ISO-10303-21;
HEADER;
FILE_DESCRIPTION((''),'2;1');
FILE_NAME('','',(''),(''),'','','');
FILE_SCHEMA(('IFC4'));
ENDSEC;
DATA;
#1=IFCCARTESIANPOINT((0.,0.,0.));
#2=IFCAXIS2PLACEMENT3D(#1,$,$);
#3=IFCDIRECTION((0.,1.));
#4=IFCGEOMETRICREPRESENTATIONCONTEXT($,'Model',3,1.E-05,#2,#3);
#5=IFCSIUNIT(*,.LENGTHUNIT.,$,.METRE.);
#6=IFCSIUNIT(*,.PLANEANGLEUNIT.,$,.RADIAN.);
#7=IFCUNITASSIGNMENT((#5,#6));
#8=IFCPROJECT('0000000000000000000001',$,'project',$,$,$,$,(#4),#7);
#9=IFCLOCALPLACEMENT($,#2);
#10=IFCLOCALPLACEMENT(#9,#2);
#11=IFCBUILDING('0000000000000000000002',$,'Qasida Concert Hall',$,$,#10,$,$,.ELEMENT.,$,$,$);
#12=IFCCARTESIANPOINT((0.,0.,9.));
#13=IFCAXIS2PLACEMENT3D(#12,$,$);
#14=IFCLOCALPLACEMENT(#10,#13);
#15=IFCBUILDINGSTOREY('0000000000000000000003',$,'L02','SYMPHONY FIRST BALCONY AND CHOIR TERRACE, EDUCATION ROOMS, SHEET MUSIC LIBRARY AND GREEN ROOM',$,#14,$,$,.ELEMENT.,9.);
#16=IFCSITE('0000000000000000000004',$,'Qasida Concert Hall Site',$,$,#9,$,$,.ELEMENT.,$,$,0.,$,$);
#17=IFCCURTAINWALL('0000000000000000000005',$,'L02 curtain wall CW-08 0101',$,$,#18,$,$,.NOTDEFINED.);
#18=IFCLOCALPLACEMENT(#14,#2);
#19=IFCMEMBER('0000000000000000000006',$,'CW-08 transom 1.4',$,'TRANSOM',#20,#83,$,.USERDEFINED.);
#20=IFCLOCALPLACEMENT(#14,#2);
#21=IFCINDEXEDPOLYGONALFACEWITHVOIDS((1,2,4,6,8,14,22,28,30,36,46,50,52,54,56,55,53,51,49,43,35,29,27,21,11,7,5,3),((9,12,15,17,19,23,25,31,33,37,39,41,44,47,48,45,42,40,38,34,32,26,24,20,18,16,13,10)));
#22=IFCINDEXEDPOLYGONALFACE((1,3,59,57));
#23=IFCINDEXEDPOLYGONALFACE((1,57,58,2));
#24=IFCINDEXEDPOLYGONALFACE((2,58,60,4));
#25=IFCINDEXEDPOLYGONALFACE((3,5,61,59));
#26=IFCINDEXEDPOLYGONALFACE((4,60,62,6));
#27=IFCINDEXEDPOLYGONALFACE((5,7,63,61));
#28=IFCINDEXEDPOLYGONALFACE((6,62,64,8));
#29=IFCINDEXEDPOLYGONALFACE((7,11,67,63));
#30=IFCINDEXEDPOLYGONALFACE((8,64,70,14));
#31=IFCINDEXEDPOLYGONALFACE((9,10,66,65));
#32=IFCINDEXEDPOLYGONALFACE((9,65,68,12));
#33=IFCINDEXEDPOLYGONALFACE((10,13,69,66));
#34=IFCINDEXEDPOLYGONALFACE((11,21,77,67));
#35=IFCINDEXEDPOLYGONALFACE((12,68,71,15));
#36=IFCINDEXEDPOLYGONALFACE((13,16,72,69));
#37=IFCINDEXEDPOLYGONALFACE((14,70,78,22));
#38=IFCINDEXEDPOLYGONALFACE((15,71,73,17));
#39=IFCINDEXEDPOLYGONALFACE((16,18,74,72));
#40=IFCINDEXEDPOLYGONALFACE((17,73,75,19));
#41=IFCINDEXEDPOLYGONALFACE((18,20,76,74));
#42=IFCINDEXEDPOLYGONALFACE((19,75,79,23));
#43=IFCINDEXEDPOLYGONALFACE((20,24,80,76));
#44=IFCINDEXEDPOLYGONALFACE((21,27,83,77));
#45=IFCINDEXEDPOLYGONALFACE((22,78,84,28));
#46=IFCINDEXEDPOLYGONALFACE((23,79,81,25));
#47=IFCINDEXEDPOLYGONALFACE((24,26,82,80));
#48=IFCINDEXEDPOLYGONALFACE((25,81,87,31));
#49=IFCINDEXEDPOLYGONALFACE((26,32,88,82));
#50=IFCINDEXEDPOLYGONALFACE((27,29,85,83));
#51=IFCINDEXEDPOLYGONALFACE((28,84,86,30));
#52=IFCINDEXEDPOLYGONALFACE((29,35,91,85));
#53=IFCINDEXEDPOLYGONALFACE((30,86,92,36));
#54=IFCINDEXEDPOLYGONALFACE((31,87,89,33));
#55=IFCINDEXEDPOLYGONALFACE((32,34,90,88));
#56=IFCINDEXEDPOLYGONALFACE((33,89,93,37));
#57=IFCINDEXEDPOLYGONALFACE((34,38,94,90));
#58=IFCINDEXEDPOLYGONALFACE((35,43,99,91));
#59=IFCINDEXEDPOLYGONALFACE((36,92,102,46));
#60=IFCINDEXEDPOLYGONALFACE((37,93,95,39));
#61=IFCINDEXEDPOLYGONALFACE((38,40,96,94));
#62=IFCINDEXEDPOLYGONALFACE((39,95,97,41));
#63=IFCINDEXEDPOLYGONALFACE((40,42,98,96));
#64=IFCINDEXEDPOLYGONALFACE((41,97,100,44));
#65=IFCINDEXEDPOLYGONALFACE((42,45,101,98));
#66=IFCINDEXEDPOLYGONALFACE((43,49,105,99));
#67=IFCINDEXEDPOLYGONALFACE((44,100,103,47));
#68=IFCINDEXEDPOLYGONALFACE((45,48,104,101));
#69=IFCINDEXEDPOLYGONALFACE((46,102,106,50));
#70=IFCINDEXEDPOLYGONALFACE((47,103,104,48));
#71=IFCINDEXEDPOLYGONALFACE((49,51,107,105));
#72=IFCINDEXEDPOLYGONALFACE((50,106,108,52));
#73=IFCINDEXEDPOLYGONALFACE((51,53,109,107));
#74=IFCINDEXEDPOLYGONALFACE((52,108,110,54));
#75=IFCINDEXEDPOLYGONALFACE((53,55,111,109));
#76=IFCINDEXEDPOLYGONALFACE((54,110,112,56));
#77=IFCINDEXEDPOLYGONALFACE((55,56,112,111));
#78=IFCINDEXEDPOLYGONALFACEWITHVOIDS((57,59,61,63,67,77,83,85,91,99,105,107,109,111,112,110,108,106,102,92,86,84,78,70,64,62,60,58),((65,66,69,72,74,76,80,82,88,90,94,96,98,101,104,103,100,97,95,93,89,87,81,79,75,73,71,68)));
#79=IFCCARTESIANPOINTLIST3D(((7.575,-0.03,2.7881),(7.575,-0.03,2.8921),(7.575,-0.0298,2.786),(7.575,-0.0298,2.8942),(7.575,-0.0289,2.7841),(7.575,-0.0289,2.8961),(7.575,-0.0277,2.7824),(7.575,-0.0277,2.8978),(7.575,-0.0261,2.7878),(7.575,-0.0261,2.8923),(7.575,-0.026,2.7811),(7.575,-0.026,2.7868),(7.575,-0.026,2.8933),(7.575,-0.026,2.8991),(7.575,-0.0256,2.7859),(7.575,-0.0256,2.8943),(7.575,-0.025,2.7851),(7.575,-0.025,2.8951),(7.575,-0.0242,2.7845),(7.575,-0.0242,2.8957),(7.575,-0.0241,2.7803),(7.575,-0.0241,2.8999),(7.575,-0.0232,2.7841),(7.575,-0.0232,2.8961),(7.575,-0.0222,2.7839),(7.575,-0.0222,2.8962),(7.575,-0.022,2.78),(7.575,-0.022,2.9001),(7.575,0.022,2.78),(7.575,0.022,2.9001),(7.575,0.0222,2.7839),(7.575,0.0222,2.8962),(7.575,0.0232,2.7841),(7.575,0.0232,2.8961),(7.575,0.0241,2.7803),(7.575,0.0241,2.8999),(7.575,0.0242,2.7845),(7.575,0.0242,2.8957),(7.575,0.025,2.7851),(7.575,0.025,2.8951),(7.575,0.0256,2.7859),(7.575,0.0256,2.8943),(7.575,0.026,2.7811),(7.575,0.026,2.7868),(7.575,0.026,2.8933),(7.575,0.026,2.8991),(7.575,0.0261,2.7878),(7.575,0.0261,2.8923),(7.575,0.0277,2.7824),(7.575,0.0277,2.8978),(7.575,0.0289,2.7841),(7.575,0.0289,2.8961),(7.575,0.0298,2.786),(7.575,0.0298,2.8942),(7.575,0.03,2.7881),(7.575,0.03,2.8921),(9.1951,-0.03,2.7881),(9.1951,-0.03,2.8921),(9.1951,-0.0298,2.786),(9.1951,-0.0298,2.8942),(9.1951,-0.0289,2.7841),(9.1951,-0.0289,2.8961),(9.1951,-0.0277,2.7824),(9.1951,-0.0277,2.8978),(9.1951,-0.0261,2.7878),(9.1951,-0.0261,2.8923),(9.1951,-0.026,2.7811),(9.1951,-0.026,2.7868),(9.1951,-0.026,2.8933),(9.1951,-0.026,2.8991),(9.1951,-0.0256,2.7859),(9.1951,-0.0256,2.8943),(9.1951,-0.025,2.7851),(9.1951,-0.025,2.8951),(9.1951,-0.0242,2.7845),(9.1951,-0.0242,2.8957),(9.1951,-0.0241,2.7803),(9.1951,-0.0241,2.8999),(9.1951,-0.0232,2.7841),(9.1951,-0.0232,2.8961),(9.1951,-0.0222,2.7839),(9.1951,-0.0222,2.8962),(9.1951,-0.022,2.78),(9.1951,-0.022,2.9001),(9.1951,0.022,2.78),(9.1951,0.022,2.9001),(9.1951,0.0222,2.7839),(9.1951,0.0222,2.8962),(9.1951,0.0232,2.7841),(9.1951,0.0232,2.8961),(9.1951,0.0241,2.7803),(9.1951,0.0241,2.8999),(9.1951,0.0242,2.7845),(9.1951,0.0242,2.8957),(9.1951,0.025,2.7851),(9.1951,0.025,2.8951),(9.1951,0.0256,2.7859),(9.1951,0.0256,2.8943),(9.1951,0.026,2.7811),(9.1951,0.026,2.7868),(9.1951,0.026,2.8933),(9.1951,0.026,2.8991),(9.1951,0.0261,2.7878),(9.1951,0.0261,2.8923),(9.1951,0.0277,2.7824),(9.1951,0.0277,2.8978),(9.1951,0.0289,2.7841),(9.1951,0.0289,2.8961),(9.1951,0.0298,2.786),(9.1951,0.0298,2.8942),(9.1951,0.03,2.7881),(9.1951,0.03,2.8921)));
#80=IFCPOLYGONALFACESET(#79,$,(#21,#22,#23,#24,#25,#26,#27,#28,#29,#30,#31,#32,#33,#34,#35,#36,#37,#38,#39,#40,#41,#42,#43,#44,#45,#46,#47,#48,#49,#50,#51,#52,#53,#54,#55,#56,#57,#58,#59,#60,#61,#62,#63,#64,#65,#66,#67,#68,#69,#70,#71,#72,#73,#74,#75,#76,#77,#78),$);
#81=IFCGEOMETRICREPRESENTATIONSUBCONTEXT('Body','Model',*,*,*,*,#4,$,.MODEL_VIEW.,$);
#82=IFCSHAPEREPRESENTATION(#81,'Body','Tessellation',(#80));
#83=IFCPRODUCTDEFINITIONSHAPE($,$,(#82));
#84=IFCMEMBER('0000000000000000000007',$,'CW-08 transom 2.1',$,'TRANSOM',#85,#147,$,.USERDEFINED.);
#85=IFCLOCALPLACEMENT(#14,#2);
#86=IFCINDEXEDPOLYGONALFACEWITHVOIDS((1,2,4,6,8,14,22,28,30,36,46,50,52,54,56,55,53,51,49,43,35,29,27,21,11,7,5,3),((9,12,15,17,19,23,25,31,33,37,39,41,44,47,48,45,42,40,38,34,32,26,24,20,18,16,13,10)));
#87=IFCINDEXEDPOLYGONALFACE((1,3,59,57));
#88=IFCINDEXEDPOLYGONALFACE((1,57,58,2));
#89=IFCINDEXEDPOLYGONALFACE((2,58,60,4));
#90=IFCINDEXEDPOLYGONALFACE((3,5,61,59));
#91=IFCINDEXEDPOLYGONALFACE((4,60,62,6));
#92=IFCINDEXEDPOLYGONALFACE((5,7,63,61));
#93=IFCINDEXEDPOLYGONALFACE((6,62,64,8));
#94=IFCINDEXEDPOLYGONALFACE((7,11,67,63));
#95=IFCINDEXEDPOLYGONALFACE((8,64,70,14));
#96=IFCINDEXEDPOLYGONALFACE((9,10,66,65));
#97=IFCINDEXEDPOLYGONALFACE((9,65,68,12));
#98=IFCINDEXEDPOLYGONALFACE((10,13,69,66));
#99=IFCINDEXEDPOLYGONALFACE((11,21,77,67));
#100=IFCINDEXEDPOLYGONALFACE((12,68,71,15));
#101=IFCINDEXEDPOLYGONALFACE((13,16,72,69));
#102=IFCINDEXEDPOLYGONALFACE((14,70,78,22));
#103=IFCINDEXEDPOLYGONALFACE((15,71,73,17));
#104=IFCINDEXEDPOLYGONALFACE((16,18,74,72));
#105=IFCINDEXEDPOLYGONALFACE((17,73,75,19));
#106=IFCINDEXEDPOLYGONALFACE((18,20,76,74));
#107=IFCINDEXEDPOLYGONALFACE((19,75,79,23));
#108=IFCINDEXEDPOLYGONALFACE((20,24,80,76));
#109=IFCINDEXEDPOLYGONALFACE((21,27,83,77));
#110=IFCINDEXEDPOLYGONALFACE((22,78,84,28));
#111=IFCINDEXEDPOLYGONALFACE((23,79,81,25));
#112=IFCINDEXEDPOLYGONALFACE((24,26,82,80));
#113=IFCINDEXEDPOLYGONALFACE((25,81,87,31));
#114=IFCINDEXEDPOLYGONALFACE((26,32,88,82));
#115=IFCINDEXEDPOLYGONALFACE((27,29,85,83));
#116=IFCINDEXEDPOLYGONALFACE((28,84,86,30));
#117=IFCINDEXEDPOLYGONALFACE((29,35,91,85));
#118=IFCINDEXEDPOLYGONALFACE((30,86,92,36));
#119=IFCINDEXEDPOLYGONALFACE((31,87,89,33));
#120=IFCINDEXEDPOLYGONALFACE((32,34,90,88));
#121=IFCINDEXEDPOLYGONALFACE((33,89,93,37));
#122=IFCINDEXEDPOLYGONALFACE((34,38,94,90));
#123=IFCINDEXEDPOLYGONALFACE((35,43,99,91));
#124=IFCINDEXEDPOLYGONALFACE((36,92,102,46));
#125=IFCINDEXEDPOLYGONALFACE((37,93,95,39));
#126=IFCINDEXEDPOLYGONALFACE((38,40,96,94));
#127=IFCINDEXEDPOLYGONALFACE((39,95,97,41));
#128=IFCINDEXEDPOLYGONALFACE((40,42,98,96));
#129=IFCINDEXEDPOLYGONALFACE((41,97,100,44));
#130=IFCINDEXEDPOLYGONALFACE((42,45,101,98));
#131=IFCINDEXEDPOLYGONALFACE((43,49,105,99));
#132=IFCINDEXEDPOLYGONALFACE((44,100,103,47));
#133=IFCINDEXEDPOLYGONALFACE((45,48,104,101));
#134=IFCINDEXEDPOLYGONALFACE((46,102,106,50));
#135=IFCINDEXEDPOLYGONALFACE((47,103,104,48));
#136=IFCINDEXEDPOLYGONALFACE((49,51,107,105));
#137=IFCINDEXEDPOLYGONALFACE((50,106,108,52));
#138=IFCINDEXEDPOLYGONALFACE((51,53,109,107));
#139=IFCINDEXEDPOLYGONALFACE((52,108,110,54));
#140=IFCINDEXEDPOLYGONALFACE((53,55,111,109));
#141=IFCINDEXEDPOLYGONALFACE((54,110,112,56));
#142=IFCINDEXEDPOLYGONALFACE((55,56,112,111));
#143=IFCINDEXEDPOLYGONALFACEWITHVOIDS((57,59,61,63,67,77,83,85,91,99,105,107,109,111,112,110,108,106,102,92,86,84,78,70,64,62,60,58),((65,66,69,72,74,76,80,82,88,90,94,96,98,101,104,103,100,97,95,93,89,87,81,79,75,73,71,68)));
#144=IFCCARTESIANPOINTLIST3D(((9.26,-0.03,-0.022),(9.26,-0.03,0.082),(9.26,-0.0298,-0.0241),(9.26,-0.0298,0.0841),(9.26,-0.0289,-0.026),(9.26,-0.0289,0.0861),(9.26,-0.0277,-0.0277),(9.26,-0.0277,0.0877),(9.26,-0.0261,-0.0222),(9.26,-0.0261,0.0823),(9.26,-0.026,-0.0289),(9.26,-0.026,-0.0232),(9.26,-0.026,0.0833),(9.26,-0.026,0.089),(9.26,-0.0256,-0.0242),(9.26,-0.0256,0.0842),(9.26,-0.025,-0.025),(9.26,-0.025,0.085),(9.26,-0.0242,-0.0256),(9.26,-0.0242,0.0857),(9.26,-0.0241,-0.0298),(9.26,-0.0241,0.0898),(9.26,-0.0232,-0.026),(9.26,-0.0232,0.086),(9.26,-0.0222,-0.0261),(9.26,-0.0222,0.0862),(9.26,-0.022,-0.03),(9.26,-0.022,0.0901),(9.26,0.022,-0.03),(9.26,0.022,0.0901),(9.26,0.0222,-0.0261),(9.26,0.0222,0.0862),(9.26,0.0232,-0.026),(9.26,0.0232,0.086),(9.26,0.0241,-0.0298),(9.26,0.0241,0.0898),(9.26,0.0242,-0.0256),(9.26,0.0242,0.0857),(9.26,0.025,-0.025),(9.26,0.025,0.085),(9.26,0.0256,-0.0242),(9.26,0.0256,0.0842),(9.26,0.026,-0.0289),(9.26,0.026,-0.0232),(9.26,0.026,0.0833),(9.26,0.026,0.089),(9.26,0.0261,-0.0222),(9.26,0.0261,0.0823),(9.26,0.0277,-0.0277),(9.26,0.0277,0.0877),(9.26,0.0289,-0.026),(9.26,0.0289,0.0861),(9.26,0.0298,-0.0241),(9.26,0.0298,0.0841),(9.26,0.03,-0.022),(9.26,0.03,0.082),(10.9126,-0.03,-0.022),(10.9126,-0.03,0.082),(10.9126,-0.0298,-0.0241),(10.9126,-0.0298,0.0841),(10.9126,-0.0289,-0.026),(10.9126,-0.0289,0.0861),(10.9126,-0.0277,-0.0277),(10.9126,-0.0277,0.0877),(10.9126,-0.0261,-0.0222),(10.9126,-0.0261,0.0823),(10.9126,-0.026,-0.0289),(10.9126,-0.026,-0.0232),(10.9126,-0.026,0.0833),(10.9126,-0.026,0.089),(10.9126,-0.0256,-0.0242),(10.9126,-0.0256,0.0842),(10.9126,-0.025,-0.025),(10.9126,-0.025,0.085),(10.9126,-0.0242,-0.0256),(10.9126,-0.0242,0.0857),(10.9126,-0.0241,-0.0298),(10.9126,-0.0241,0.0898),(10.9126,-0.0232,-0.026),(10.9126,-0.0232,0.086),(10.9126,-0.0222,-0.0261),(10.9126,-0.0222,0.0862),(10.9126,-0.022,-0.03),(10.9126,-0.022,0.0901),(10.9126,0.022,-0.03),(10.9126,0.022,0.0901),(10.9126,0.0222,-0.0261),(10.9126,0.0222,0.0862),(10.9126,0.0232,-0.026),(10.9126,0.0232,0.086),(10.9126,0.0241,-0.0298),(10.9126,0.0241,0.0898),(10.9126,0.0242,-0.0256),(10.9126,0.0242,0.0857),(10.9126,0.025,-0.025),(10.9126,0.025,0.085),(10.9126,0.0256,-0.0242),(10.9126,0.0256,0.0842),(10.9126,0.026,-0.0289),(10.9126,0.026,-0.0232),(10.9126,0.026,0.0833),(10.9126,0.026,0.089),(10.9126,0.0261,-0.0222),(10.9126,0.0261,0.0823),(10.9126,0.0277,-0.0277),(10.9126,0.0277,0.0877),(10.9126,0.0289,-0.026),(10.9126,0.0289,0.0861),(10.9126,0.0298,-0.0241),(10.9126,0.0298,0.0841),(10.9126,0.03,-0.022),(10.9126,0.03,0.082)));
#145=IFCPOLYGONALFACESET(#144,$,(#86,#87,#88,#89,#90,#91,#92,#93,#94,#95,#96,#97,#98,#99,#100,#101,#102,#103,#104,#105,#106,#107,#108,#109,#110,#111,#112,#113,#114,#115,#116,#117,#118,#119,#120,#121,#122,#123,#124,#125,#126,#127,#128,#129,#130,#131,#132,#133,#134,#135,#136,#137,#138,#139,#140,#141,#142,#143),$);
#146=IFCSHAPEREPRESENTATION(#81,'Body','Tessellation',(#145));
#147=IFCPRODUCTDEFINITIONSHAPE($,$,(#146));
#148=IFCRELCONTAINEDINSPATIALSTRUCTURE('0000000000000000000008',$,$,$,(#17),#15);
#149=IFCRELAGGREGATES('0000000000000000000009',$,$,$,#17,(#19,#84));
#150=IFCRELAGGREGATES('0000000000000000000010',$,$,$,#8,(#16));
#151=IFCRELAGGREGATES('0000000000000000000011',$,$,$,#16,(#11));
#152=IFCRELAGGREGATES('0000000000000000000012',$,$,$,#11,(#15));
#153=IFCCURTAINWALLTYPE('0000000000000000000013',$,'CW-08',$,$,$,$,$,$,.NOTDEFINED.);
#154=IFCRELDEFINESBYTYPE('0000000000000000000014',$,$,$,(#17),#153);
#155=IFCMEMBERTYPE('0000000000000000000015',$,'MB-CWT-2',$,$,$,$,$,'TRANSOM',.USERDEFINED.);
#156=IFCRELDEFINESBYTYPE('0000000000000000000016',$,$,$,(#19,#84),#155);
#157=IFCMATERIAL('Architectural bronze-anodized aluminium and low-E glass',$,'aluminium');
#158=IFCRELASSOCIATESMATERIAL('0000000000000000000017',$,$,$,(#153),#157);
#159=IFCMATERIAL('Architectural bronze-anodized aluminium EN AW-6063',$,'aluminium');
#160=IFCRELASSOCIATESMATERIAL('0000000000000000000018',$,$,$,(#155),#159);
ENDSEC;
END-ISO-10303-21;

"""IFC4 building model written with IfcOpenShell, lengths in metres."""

from ifc_helpers import new_model, si_unit, direction, frame, origin, origin_2d, place, context, subcontext, project, spatial, hollow_rectangle, extrude, material, material_profile, profile_set, type_object, element, aggregate, save


model = new_model("IFC4")

# Units and contexts
model_context = context("Model", 3, precision=1e-05, world=origin(), true_north=direction((0.0, 1.0)))
body_context = subcontext(model_context, "Body", "Model", "MODEL_VIEW")
ifc_project = project(units=[si_unit("LENGTHUNIT", "METRE"), si_unit("PLANEANGLEUNIT", "RADIAN")], contexts=[model_context])

# Site, building, storey
site_placement = place(None, origin())
site = spatial("IfcSite", under=ifc_project, at=site_placement, Name="Qasida Concert Hall Site", CompositionType="ELEMENT", RefElevation=0.0)
building_placement = place(site_placement, origin())
building = spatial("IfcBuilding", under=site, at=building_placement, Name="Qasida Concert Hall", CompositionType="ELEMENT")
storey_placement = place(building_placement, frame((0.0, 0.0, 9.0)))
storey = spatial("IfcBuildingStorey", under=building, at=storey_placement, Name="L02", Description="SYMPHONY FIRST BALCONY AND CHOIR TERRACE, EDUCATION ROOMS, SHEET MUSIC LIBRARY AND GREEN ROOM", CompositionType="ELEMENT", Elevation=9.0)

# Shared definitions
ifc_material_1 = material(Name="Architectural bronze-anodized aluminium and low-E glass", Category="aluminium")
curtain_wall_type = type_object("IfcCurtainWallType", Name="CW-08", PredefinedType="NOTDEFINED", material=ifc_material_1)
ifc_material_2 = material(Name="Architectural bronze-anodized aluminium EN AW-6063", Category="aluminium")

# Curtain wall
curtain_wall_1_placement = place(storey_placement, origin())
curtain_wall_1 = element("IfcCurtainWall", 1, at=curtain_wall_1_placement, inside=storey, type_object=curtain_wall_type, Name="L02 curtain wall CW-08 0101", PredefinedType="NOTDEFINED")

# Members
ifc_material_profile_1 = material_profile(ifc_material_2, hollow_rectangle(XDim=0.0601, YDim=0.1201, WallThickness=0.0039, InnerFilletRadius=0.0039, OuterFilletRadius=0.0081, at=origin_2d()), Name="CWT 120x60x4")
ifc_profile_set_1 = profile_set([ifc_material_profile_1], Name="Architectural bronze-anodized aluminium EN AW-6063")
member_type_1 = type_object("IfcMemberType", Name="MB-CWT-2", ElementType="TRANSOM", PredefinedType="USERDEFINED", material=ifc_profile_set_1)
member_1_placement = place(storey_placement, frame((7.575, 0.0, 2.8401), z_axis=(1.0, 0.0, 0.0), x_axis=(0.0, 1.0, 0.0)))
member_1 = element("IfcMember", 2, at=member_1_placement, type_object=member_type_1, Name="CW-08 transom 1.4", ObjectType="TRANSOM", PredefinedType="USERDEFINED", context=body_context, shape_type="SweptSolid", body=[
    extrude(hollow_rectangle(XDim=0.0601, YDim=0.1201, WallThickness=0.0039, InnerFilletRadius=0.0039, OuterFilletRadius=0.0081, at=origin_2d()), origin(), (0.0, 0.0, 1.0), 1.6201),
])
member_2_placement = place(storey_placement, frame((9.26, 0.0, 0.03), z_axis=(1.0, 0.0, 0.0), x_axis=(0.0, 1.0, 0.0)))
member_2 = element("IfcMember", 3, at=member_2_placement, type_object=member_type_1, Name="CW-08 transom 2.1", ObjectType="TRANSOM", PredefinedType="USERDEFINED", context=body_context, shape_type="SweptSolid", body=[
    extrude(hollow_rectangle(XDim=0.0601, YDim=0.1201, WallThickness=0.0039, InnerFilletRadius=0.0039, OuterFilletRadius=0.0081, at=origin_2d()), origin(), (0.0, 0.0, 1.0), 1.6526),
])

aggregate(curtain_wall_1, [member_1, member_2])

save(model, "model.ifc")
